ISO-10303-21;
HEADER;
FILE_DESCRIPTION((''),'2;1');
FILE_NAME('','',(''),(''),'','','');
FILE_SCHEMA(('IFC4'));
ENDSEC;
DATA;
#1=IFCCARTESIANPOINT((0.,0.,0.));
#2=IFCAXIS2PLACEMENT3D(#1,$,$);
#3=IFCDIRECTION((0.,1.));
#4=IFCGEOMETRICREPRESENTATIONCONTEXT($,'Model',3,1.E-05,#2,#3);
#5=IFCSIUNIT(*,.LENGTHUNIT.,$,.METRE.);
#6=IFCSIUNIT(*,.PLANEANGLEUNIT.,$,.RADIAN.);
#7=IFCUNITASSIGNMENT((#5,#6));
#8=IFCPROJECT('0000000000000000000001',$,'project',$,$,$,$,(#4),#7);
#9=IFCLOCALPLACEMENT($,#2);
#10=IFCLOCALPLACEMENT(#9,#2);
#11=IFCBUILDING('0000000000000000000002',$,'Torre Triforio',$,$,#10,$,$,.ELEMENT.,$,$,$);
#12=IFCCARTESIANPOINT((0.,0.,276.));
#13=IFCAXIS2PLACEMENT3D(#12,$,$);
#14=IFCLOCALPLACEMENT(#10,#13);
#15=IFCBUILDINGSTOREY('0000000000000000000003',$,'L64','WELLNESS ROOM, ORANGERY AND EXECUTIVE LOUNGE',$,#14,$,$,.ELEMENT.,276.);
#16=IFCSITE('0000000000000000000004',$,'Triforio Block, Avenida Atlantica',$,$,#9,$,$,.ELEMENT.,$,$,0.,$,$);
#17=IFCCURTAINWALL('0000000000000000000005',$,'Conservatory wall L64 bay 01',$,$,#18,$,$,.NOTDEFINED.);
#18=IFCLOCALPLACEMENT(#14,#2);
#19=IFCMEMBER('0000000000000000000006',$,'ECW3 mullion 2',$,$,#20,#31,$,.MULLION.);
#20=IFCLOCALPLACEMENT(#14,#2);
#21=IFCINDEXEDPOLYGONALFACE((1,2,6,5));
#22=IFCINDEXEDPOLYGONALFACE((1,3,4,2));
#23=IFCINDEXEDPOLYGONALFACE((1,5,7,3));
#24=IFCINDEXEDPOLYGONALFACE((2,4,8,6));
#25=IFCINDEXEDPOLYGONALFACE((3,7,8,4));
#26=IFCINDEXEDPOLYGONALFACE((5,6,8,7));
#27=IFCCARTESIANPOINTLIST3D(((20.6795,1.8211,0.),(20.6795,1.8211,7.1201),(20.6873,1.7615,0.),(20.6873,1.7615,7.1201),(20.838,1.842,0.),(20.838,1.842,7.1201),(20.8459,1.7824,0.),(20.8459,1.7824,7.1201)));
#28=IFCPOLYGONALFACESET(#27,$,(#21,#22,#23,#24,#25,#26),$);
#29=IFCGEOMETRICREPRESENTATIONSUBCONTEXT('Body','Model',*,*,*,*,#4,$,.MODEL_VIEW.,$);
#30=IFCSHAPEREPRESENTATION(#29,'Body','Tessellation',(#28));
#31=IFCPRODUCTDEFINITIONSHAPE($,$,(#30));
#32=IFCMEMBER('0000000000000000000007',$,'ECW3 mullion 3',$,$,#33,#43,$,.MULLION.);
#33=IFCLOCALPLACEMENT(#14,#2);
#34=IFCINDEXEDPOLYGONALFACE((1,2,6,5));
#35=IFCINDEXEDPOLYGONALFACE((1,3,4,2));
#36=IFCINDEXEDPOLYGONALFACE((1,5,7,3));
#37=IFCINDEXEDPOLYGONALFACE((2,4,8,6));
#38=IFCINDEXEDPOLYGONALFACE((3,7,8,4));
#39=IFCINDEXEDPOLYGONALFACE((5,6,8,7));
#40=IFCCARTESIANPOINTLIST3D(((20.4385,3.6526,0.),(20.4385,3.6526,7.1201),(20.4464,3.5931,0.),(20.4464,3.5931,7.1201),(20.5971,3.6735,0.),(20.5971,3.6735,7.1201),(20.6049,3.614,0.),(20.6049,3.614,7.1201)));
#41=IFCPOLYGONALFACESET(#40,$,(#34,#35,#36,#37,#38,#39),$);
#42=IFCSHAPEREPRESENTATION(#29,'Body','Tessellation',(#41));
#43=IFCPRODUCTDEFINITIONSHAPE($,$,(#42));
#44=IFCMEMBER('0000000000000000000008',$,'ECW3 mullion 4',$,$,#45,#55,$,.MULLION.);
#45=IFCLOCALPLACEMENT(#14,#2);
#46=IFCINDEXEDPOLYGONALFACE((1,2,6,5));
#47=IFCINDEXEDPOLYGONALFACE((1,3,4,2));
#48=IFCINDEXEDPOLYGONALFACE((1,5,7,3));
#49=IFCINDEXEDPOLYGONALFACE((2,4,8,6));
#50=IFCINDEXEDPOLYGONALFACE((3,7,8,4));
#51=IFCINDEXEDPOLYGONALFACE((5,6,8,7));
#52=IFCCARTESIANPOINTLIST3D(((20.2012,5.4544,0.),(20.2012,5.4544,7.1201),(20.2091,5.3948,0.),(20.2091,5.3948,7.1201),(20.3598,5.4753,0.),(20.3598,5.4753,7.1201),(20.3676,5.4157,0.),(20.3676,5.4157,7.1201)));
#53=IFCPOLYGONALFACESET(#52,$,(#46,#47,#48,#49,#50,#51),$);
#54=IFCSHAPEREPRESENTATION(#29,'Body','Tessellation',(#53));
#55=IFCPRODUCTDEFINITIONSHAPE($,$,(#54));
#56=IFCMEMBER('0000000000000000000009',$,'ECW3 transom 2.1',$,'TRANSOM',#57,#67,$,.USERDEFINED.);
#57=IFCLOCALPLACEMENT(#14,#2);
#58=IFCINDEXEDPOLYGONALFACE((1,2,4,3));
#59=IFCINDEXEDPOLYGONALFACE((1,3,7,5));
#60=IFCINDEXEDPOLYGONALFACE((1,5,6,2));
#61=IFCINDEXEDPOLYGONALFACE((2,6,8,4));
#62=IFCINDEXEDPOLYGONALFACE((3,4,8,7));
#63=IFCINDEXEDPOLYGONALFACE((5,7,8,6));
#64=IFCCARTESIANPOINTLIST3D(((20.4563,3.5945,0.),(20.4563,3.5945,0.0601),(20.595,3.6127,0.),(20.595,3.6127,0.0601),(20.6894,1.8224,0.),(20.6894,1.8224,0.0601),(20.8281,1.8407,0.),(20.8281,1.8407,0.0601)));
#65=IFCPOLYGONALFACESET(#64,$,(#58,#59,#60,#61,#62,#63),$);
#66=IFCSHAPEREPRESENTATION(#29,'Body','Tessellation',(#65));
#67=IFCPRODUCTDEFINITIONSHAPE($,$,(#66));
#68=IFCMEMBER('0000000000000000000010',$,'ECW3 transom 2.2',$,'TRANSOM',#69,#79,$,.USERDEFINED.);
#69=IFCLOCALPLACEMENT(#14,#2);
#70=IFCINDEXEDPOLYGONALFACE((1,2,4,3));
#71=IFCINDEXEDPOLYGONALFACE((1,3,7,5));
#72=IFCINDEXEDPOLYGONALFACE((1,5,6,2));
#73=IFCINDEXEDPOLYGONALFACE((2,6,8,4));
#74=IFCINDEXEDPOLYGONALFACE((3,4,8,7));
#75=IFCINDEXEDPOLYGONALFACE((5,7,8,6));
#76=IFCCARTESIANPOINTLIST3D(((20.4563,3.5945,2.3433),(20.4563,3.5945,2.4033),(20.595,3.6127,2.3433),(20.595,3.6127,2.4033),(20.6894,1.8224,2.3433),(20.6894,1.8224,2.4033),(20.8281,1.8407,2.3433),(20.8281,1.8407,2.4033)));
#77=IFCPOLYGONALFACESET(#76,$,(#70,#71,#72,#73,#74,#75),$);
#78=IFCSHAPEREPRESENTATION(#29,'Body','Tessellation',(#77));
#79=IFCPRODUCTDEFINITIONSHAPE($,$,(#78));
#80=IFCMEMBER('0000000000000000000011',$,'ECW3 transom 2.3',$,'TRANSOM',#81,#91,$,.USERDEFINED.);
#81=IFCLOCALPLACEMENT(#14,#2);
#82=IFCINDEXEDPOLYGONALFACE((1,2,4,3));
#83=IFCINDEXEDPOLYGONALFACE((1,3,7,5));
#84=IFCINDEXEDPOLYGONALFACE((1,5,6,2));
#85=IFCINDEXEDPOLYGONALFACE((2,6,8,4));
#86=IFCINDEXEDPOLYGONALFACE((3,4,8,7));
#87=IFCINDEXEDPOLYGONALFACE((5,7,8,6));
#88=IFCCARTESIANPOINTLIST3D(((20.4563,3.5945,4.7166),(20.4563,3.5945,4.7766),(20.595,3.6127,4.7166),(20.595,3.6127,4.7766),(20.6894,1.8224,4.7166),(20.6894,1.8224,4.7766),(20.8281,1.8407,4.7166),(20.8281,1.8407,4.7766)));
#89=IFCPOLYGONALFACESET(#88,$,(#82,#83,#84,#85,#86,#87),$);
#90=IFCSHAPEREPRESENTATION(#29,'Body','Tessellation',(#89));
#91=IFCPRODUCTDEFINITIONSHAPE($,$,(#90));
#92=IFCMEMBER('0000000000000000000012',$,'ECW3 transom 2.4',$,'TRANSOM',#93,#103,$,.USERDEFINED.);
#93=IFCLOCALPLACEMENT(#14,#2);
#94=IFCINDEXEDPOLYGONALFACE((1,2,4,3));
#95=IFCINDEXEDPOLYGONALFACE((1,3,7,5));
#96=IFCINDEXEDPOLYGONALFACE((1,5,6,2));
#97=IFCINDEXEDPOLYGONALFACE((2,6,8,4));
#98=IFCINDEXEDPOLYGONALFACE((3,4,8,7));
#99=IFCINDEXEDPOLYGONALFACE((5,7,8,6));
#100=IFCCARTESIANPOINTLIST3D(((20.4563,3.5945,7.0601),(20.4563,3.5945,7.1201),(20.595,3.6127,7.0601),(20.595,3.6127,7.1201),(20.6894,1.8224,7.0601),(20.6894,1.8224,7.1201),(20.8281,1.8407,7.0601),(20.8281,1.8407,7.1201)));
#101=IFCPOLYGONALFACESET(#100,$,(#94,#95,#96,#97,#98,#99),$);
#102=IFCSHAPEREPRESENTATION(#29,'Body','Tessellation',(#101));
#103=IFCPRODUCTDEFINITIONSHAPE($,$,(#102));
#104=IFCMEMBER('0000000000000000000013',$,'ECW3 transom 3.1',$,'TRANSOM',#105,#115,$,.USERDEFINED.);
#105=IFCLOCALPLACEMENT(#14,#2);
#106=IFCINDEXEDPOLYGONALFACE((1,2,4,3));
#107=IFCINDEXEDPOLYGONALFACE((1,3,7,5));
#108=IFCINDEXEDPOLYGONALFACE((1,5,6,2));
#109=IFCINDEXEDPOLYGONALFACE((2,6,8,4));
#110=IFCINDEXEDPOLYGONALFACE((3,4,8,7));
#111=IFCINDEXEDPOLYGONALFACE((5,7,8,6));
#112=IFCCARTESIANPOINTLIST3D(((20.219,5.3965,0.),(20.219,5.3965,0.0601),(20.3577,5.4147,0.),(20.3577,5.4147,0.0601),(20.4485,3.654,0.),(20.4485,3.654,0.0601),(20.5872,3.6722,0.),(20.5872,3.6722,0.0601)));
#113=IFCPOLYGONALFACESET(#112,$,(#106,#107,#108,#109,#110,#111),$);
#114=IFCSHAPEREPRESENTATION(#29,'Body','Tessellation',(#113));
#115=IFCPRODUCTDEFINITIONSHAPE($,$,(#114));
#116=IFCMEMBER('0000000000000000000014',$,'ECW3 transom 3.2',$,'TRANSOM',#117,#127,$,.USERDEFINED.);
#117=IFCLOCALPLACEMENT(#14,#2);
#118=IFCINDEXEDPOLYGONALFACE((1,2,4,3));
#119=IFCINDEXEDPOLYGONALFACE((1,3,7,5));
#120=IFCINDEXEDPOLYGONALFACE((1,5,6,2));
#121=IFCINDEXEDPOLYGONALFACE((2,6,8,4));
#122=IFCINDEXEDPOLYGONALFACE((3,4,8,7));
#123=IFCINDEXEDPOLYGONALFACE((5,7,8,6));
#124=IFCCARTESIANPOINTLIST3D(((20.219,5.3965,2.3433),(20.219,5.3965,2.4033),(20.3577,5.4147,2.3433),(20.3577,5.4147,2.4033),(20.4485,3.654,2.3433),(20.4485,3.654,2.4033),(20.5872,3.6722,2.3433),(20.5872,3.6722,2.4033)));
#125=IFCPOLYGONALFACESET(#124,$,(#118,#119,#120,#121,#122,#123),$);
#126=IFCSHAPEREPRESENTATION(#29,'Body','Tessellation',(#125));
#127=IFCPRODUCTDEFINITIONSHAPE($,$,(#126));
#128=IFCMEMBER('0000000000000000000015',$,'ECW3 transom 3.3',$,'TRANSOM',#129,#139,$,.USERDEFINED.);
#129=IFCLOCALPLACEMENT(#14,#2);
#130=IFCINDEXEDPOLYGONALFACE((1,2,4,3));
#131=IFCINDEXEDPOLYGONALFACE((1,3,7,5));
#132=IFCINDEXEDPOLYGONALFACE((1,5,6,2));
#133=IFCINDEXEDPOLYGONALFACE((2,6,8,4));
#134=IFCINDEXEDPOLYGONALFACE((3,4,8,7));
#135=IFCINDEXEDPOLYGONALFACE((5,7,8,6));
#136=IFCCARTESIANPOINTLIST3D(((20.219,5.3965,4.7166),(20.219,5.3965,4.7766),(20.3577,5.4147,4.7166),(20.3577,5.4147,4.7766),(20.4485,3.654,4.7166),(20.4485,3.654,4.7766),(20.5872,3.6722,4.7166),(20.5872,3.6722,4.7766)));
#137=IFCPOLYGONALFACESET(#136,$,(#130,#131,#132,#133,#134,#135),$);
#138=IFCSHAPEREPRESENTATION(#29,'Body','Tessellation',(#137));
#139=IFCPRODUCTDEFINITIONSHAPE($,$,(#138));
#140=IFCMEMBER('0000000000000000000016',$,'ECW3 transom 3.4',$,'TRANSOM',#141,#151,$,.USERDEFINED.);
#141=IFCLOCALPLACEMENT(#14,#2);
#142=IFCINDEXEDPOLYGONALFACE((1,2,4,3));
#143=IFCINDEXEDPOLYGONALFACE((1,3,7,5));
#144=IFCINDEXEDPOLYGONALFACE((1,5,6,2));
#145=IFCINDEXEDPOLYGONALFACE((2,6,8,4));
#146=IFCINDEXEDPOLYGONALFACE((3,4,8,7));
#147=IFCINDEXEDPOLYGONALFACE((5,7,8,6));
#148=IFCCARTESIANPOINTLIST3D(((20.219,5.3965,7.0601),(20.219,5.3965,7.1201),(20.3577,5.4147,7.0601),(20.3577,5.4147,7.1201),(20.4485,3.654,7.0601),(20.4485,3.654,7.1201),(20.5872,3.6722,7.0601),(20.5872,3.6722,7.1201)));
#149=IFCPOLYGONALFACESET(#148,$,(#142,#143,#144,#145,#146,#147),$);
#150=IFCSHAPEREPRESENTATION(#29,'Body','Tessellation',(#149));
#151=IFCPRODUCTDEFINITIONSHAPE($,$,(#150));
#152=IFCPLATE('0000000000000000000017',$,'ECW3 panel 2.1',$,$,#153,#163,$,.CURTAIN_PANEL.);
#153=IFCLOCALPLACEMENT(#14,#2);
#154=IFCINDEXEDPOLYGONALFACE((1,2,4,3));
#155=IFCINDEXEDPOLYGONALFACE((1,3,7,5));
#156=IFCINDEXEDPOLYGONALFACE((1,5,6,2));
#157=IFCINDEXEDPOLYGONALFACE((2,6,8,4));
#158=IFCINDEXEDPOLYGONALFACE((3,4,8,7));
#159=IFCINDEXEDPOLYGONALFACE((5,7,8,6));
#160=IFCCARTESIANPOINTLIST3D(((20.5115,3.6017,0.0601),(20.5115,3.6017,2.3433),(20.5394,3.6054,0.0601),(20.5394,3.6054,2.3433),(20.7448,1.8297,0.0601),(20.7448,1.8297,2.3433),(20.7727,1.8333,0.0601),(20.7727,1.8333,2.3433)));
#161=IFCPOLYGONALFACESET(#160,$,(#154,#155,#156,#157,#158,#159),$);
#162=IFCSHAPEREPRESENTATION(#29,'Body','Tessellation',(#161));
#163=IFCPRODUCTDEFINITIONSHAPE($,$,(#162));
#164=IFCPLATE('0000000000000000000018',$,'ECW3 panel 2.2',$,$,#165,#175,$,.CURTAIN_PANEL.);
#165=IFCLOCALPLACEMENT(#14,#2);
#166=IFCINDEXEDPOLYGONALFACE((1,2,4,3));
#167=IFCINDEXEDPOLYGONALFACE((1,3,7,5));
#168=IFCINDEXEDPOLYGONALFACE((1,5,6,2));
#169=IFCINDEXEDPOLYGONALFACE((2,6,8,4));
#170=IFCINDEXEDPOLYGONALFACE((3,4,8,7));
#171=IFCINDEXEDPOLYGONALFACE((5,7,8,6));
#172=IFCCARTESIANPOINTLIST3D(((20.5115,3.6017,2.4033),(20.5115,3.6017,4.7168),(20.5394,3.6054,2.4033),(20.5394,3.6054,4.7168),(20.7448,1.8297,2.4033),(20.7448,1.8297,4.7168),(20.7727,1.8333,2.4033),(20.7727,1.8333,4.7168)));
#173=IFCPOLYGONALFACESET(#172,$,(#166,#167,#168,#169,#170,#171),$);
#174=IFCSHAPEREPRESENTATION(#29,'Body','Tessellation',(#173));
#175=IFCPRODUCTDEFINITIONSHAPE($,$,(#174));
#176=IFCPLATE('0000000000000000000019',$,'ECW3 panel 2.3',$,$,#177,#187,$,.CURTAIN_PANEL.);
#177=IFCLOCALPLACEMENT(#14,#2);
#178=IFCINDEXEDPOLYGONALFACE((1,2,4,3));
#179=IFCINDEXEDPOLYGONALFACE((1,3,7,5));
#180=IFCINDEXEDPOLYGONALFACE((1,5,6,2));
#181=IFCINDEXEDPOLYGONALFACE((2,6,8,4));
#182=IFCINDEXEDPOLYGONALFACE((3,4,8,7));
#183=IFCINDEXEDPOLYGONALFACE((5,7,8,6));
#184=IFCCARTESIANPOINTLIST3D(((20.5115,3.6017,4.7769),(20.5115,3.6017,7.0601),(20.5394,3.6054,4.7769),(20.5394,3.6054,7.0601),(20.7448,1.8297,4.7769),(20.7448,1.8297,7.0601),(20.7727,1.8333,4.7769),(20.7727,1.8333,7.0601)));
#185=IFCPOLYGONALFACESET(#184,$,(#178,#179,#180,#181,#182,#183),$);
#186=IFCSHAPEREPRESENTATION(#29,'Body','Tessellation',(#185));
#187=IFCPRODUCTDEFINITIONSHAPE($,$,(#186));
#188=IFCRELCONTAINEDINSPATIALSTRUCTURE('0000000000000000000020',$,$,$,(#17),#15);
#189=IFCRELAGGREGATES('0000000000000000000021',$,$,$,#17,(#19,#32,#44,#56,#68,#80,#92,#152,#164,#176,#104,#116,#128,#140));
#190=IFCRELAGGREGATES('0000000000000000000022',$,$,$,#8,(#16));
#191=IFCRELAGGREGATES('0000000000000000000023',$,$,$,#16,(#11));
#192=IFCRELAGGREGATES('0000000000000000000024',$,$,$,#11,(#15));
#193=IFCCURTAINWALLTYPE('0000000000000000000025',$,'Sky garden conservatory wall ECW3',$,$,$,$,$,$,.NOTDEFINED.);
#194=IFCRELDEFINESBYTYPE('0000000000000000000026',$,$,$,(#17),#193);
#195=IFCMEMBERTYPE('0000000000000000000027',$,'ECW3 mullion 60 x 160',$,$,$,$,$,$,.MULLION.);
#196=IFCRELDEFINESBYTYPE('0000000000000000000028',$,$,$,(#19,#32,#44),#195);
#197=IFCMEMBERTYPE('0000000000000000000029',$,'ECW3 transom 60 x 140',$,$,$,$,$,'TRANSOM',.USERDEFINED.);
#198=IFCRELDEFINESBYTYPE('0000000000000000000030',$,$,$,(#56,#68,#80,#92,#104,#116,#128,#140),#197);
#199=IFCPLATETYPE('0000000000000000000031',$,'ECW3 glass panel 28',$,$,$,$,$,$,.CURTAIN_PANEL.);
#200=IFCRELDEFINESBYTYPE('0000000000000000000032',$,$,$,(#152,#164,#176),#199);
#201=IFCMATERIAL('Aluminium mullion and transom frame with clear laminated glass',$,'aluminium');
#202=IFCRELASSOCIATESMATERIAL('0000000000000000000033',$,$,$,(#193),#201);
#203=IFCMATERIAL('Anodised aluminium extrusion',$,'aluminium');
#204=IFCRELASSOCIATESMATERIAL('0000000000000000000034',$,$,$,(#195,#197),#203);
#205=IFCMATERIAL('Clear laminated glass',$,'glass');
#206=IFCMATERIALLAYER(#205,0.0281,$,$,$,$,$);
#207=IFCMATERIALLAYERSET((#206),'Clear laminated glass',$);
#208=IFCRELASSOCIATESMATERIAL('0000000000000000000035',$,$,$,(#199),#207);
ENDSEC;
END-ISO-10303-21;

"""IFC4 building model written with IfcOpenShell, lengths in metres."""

from ifc_helpers import new_model, si_unit, direction, frame, origin, origin_2d, place, context, subcontext, project, spatial, rectangle, extrude, material, layer, layer_set, material_profile, profile_set, type_object, element, aggregate, save


model = new_model("IFC4")

# Units and contexts
model_context = context("Model", 3, precision=1e-05, world=origin(), true_north=direction((0.0, 1.0)))
body_context = subcontext(model_context, "Body", "Model", "MODEL_VIEW")
ifc_project = project(units=[si_unit("LENGTHUNIT", "METRE"), si_unit("PLANEANGLEUNIT", "RADIAN")], contexts=[model_context])

# Site, building, storey
site_placement = place(None, origin())
site = spatial("IfcSite", under=ifc_project, at=site_placement, Name="Triforio Block, Avenida Atlantica", CompositionType="ELEMENT", RefElevation=0.0)
building_placement = place(site_placement, origin())
building = spatial("IfcBuilding", under=site, at=building_placement, Name="Torre Triforio", CompositionType="ELEMENT")
storey_placement = place(building_placement, frame((0.0, 0.0, 276.0)))
storey = spatial("IfcBuildingStorey", under=building, at=storey_placement, Name="L64", Description="WELLNESS ROOM, ORANGERY AND EXECUTIVE LOUNGE", CompositionType="ELEMENT", Elevation=276.0)

# Curtain wall, members, plates
ifc_material_1 = material(Name="Aluminium mullion and transom frame with clear laminated glass", Category="aluminium")
curtain_wall_type = type_object("IfcCurtainWallType", Name="Sky garden conservatory wall ECW3", PredefinedType="NOTDEFINED", material=ifc_material_1)
curtain_wall_placement = place(storey_placement, origin())
curtain_wall = element("IfcCurtainWall", 1, at=curtain_wall_placement, inside=storey, type_object=curtain_wall_type, Name="Conservatory wall L64 bay 01", PredefinedType="NOTDEFINED")
ifc_material_2 = material(Name="Anodised aluminium extrusion", Category="aluminium")
ifc_material_profile_1 = material_profile(ifc_material_2, rectangle(XDim=0.1599, YDim=0.0601, at=origin_2d()), Name="ECW3 MULLION 60x160")
ifc_profile_set_1 = profile_set([ifc_material_profile_1], Name="Anodised aluminium extrusion")
member_type_1 = type_object("IfcMemberType", Name="ECW3 mullion 60 x 160", PredefinedType="MULLION", material=ifc_profile_set_1)
member_1_placement = place(storey_placement, frame((20.7627, 1.8018, 0.0), z_axis=(0.0, 0.0, 1.0), x_axis=(-0.991444, -0.13053, 0.0)))
member_1 = element("IfcMember", 2, at=member_1_placement, type_object=member_type_1, Name="ECW3 mullion 2", PredefinedType="MULLION", context=body_context, shape_type="SweptSolid", body=[
    extrude(rectangle(XDim=0.1599, YDim=0.0601, at=origin_2d()), origin(), (0.0, 0.0, 1.0), 7.1201),
])
member_2_placement = place(storey_placement, frame((20.5217, 3.6333, 0.0), z_axis=(0.0, 0.0, 1.0), x_axis=(-0.991444, -0.13053, 0.0)))
member_2 = element("IfcMember", 3, at=member_2_placement, type_object=member_type_1, Name="ECW3 mullion 3", PredefinedType="MULLION", context=body_context, shape_type="SweptSolid", body=[
    extrude(rectangle(XDim=0.1599, YDim=0.0601, at=origin_2d()), origin(), (0.0, 0.0, 1.0), 7.1201),
])
member_3_placement = place(storey_placement, frame((20.2844, 5.4351, 0.0), z_axis=(0.0, 0.0, 1.0), x_axis=(-0.991444, -0.13053, 0.0)))
member_3 = element("IfcMember", 4, at=member_3_placement, type_object=member_type_1, Name="ECW3 mullion 4", PredefinedType="MULLION", context=body_context, shape_type="SweptSolid", body=[
    extrude(rectangle(XDim=0.1599, YDim=0.0601, at=origin_2d()), origin(), (0.0, 0.0, 1.0), 7.1201),
])
ifc_material_profile_2 = material_profile(ifc_material_2, rectangle(XDim=0.1399, YDim=0.0601, at=origin_2d()), Name="ECW3 TRANSOM 60x140")
ifc_profile_set_2 = profile_set([ifc_material_profile_2], Name="Anodised aluminium extrusion")
member_type_2 = type_object("IfcMemberType", Name="ECW3 transom 60 x 140", ElementType="TRANSOM", PredefinedType="USERDEFINED", material=ifc_profile_set_2)
member_4_placement = place(storey_placement, frame((20.7588, 1.8315, 0.03), z_axis=(-0.130455, 0.991454, 0.0), x_axis=(-0.991454, -0.130455, 0.0)))
member_4 = element("IfcMember", 5, at=member_4_placement, type_object=member_type_2, Name="ECW3 transom 2.1", ObjectType="TRANSOM", PredefinedType="USERDEFINED", context=body_context, shape_type="SweptSolid", body=[
    extrude(rectangle(XDim=0.1399, YDim=0.0601, at=origin_2d()), origin(), (0.0, 0.0, 1.0), 1.7874),
])
member_5_placement = place(storey_placement, frame((20.7588, 1.8315, 2.3733), z_axis=(-0.130455, 0.991454, 0.0), x_axis=(-0.991454, -0.130455, 0.0)))
member_5 = element("IfcMember", 6, at=member_5_placement, type_object=member_type_2, Name="ECW3 transom 2.2", ObjectType="TRANSOM", PredefinedType="USERDEFINED", context=body_context, shape_type="SweptSolid", body=[
    extrude(rectangle(XDim=0.1399, YDim=0.0601, at=origin_2d()), origin(), (0.0, 0.0, 1.0), 1.7874),
])
member_6_placement = place(storey_placement, frame((20.7588, 1.8315, 4.7466), z_axis=(-0.130455, 0.991454, 0.0), x_axis=(-0.991454, -0.130455, 0.0)))
member_6 = element("IfcMember", 7, at=member_6_placement, type_object=member_type_2, Name="ECW3 transom 2.3", ObjectType="TRANSOM", PredefinedType="USERDEFINED", context=body_context, shape_type="SweptSolid", body=[
    extrude(rectangle(XDim=0.1399, YDim=0.0601, at=origin_2d()), origin(), (0.0, 0.0, 1.0), 1.7874),
])
member_7_placement = place(storey_placement, frame((20.7588, 1.8315, 7.0901), z_axis=(-0.130455, 0.991454, 0.0), x_axis=(-0.991454, -0.130455, 0.0)))
member_7 = element("IfcMember", 8, at=member_7_placement, type_object=member_type_2, Name="ECW3 transom 2.4", ObjectType="TRANSOM", PredefinedType="USERDEFINED", context=body_context, shape_type="SweptSolid", body=[
    extrude(rectangle(XDim=0.1399, YDim=0.0601, at=origin_2d()), origin(), (0.0, 0.0, 1.0), 1.7874),
])
member_8_placement = place(storey_placement, frame((20.5178, 3.6631, 0.03), z_axis=(-0.13058, 0.991438, 0.0), x_axis=(-0.991438, -0.13058, 0.0)))
member_8 = element("IfcMember", 9, at=member_8_placement, type_object=member_type_2, Name="ECW3 transom 3.1", ObjectType="TRANSOM", PredefinedType="USERDEFINED", context=body_context, shape_type="SweptSolid", body=[
    extrude(rectangle(XDim=0.1399, YDim=0.0601, at=origin_2d()), origin(), (0.0, 0.0, 1.0), 1.7576),
])
member_9_placement = place(storey_placement, frame((20.5178, 3.6631, 2.3733), z_axis=(-0.13058, 0.991438, 0.0), x_axis=(-0.991438, -0.13058, 0.0)))
member_9 = element("IfcMember", 10, at=member_9_placement, type_object=member_type_2, Name="ECW3 transom 3.2", ObjectType="TRANSOM", PredefinedType="USERDEFINED", context=body_context, shape_type="SweptSolid", body=[
    extrude(rectangle(XDim=0.1399, YDim=0.0601, at=origin_2d()), origin(), (0.0, 0.0, 1.0), 1.7576),
])
member_10_placement = place(storey_placement, frame((20.5178, 3.6631, 4.7466), z_axis=(-0.13058, 0.991438, 0.0), x_axis=(-0.991438, -0.13058, 0.0)))
member_10 = element("IfcMember", 11, at=member_10_placement, type_object=member_type_2, Name="ECW3 transom 3.3", ObjectType="TRANSOM", PredefinedType="USERDEFINED", context=body_context, shape_type="SweptSolid", body=[
    extrude(rectangle(XDim=0.1399, YDim=0.0601, at=origin_2d()), origin(), (0.0, 0.0, 1.0), 1.7576),
])
member_11_placement = place(storey_placement, frame((20.5178, 3.6631, 7.0901), z_axis=(-0.13058, 0.991438, 0.0), x_axis=(-0.991438, -0.13058, 0.0)))
member_11 = element("IfcMember", 12, at=member_11_placement, type_object=member_type_2, Name="ECW3 transom 3.4", ObjectType="TRANSOM", PredefinedType="USERDEFINED", context=body_context, shape_type="SweptSolid", body=[
    extrude(rectangle(XDim=0.1399, YDim=0.0601, at=origin_2d()), origin(), (0.0, 0.0, 1.0), 1.7576),
])
ifc_material_3 = material(Name="Clear laminated glass", Category="glass")
ifc_layer_1 = layer(ifc_material_3, 0.0281)
ifc_layer_set_1 = layer_set([ifc_layer_1], Name="Clear laminated glass")
plate_type = type_object("IfcPlateType", Name="ECW3 glass panel 28", PredefinedType="CURTAIN_PANEL", material=ifc_layer_set_1)
plate_1_placement = place(storey_placement, frame((20.6421, 2.7175, 0.0601), z_axis=(0.0, 0.0, 1.0), x_axis=(-0.13053, 0.991444, 0.0)))
plate_1 = element("IfcPlate", 13, at=plate_1_placement, type_object=plate_type, Name="ECW3 panel 2.1", PredefinedType="CURTAIN_PANEL", context=body_context, shape_type="SweptSolid", body=[
    extrude(rectangle(XDim=1.7874, YDim=0.0281, at=origin_2d()), origin(), (0.0, 0.0, 1.0), 2.2832),
])
plate_2_placement = place(storey_placement, frame((20.6421, 2.7175, 2.4033), z_axis=(0.0, 0.0, 1.0), x_axis=(-0.13053, 0.991444, 0.0)))
plate_2 = element("IfcPlate", 14, at=plate_2_placement, type_object=plate_type, Name="ECW3 panel 2.2", PredefinedType="CURTAIN_PANEL", context=body_context, shape_type="SweptSolid", body=[
    extrude(rectangle(XDim=1.7874, YDim=0.0281, at=origin_2d()), origin(), (0.0, 0.0, 1.0), 2.3135),
])
plate_3_placement = place(storey_placement, frame((20.6421, 2.7175, 4.7769), z_axis=(0.0, 0.0, 1.0), x_axis=(-0.13053, 0.991444, 0.0)))
plate_3 = element("IfcPlate", 15, at=plate_3_placement, type_object=plate_type, Name="ECW3 panel 2.3", PredefinedType="CURTAIN_PANEL", context=body_context, shape_type="SweptSolid", body=[
    extrude(rectangle(XDim=1.7874, YDim=0.0281, at=origin_2d()), origin(), (0.0, 0.0, 1.0), 2.2832),
])
aggregate(curtain_wall, [member_1, member_2, member_3, member_4, member_5, member_6, member_7, plate_1, plate_2, plate_3, member_8, member_9, member_10, member_11])

save(model, "model.ifc")
